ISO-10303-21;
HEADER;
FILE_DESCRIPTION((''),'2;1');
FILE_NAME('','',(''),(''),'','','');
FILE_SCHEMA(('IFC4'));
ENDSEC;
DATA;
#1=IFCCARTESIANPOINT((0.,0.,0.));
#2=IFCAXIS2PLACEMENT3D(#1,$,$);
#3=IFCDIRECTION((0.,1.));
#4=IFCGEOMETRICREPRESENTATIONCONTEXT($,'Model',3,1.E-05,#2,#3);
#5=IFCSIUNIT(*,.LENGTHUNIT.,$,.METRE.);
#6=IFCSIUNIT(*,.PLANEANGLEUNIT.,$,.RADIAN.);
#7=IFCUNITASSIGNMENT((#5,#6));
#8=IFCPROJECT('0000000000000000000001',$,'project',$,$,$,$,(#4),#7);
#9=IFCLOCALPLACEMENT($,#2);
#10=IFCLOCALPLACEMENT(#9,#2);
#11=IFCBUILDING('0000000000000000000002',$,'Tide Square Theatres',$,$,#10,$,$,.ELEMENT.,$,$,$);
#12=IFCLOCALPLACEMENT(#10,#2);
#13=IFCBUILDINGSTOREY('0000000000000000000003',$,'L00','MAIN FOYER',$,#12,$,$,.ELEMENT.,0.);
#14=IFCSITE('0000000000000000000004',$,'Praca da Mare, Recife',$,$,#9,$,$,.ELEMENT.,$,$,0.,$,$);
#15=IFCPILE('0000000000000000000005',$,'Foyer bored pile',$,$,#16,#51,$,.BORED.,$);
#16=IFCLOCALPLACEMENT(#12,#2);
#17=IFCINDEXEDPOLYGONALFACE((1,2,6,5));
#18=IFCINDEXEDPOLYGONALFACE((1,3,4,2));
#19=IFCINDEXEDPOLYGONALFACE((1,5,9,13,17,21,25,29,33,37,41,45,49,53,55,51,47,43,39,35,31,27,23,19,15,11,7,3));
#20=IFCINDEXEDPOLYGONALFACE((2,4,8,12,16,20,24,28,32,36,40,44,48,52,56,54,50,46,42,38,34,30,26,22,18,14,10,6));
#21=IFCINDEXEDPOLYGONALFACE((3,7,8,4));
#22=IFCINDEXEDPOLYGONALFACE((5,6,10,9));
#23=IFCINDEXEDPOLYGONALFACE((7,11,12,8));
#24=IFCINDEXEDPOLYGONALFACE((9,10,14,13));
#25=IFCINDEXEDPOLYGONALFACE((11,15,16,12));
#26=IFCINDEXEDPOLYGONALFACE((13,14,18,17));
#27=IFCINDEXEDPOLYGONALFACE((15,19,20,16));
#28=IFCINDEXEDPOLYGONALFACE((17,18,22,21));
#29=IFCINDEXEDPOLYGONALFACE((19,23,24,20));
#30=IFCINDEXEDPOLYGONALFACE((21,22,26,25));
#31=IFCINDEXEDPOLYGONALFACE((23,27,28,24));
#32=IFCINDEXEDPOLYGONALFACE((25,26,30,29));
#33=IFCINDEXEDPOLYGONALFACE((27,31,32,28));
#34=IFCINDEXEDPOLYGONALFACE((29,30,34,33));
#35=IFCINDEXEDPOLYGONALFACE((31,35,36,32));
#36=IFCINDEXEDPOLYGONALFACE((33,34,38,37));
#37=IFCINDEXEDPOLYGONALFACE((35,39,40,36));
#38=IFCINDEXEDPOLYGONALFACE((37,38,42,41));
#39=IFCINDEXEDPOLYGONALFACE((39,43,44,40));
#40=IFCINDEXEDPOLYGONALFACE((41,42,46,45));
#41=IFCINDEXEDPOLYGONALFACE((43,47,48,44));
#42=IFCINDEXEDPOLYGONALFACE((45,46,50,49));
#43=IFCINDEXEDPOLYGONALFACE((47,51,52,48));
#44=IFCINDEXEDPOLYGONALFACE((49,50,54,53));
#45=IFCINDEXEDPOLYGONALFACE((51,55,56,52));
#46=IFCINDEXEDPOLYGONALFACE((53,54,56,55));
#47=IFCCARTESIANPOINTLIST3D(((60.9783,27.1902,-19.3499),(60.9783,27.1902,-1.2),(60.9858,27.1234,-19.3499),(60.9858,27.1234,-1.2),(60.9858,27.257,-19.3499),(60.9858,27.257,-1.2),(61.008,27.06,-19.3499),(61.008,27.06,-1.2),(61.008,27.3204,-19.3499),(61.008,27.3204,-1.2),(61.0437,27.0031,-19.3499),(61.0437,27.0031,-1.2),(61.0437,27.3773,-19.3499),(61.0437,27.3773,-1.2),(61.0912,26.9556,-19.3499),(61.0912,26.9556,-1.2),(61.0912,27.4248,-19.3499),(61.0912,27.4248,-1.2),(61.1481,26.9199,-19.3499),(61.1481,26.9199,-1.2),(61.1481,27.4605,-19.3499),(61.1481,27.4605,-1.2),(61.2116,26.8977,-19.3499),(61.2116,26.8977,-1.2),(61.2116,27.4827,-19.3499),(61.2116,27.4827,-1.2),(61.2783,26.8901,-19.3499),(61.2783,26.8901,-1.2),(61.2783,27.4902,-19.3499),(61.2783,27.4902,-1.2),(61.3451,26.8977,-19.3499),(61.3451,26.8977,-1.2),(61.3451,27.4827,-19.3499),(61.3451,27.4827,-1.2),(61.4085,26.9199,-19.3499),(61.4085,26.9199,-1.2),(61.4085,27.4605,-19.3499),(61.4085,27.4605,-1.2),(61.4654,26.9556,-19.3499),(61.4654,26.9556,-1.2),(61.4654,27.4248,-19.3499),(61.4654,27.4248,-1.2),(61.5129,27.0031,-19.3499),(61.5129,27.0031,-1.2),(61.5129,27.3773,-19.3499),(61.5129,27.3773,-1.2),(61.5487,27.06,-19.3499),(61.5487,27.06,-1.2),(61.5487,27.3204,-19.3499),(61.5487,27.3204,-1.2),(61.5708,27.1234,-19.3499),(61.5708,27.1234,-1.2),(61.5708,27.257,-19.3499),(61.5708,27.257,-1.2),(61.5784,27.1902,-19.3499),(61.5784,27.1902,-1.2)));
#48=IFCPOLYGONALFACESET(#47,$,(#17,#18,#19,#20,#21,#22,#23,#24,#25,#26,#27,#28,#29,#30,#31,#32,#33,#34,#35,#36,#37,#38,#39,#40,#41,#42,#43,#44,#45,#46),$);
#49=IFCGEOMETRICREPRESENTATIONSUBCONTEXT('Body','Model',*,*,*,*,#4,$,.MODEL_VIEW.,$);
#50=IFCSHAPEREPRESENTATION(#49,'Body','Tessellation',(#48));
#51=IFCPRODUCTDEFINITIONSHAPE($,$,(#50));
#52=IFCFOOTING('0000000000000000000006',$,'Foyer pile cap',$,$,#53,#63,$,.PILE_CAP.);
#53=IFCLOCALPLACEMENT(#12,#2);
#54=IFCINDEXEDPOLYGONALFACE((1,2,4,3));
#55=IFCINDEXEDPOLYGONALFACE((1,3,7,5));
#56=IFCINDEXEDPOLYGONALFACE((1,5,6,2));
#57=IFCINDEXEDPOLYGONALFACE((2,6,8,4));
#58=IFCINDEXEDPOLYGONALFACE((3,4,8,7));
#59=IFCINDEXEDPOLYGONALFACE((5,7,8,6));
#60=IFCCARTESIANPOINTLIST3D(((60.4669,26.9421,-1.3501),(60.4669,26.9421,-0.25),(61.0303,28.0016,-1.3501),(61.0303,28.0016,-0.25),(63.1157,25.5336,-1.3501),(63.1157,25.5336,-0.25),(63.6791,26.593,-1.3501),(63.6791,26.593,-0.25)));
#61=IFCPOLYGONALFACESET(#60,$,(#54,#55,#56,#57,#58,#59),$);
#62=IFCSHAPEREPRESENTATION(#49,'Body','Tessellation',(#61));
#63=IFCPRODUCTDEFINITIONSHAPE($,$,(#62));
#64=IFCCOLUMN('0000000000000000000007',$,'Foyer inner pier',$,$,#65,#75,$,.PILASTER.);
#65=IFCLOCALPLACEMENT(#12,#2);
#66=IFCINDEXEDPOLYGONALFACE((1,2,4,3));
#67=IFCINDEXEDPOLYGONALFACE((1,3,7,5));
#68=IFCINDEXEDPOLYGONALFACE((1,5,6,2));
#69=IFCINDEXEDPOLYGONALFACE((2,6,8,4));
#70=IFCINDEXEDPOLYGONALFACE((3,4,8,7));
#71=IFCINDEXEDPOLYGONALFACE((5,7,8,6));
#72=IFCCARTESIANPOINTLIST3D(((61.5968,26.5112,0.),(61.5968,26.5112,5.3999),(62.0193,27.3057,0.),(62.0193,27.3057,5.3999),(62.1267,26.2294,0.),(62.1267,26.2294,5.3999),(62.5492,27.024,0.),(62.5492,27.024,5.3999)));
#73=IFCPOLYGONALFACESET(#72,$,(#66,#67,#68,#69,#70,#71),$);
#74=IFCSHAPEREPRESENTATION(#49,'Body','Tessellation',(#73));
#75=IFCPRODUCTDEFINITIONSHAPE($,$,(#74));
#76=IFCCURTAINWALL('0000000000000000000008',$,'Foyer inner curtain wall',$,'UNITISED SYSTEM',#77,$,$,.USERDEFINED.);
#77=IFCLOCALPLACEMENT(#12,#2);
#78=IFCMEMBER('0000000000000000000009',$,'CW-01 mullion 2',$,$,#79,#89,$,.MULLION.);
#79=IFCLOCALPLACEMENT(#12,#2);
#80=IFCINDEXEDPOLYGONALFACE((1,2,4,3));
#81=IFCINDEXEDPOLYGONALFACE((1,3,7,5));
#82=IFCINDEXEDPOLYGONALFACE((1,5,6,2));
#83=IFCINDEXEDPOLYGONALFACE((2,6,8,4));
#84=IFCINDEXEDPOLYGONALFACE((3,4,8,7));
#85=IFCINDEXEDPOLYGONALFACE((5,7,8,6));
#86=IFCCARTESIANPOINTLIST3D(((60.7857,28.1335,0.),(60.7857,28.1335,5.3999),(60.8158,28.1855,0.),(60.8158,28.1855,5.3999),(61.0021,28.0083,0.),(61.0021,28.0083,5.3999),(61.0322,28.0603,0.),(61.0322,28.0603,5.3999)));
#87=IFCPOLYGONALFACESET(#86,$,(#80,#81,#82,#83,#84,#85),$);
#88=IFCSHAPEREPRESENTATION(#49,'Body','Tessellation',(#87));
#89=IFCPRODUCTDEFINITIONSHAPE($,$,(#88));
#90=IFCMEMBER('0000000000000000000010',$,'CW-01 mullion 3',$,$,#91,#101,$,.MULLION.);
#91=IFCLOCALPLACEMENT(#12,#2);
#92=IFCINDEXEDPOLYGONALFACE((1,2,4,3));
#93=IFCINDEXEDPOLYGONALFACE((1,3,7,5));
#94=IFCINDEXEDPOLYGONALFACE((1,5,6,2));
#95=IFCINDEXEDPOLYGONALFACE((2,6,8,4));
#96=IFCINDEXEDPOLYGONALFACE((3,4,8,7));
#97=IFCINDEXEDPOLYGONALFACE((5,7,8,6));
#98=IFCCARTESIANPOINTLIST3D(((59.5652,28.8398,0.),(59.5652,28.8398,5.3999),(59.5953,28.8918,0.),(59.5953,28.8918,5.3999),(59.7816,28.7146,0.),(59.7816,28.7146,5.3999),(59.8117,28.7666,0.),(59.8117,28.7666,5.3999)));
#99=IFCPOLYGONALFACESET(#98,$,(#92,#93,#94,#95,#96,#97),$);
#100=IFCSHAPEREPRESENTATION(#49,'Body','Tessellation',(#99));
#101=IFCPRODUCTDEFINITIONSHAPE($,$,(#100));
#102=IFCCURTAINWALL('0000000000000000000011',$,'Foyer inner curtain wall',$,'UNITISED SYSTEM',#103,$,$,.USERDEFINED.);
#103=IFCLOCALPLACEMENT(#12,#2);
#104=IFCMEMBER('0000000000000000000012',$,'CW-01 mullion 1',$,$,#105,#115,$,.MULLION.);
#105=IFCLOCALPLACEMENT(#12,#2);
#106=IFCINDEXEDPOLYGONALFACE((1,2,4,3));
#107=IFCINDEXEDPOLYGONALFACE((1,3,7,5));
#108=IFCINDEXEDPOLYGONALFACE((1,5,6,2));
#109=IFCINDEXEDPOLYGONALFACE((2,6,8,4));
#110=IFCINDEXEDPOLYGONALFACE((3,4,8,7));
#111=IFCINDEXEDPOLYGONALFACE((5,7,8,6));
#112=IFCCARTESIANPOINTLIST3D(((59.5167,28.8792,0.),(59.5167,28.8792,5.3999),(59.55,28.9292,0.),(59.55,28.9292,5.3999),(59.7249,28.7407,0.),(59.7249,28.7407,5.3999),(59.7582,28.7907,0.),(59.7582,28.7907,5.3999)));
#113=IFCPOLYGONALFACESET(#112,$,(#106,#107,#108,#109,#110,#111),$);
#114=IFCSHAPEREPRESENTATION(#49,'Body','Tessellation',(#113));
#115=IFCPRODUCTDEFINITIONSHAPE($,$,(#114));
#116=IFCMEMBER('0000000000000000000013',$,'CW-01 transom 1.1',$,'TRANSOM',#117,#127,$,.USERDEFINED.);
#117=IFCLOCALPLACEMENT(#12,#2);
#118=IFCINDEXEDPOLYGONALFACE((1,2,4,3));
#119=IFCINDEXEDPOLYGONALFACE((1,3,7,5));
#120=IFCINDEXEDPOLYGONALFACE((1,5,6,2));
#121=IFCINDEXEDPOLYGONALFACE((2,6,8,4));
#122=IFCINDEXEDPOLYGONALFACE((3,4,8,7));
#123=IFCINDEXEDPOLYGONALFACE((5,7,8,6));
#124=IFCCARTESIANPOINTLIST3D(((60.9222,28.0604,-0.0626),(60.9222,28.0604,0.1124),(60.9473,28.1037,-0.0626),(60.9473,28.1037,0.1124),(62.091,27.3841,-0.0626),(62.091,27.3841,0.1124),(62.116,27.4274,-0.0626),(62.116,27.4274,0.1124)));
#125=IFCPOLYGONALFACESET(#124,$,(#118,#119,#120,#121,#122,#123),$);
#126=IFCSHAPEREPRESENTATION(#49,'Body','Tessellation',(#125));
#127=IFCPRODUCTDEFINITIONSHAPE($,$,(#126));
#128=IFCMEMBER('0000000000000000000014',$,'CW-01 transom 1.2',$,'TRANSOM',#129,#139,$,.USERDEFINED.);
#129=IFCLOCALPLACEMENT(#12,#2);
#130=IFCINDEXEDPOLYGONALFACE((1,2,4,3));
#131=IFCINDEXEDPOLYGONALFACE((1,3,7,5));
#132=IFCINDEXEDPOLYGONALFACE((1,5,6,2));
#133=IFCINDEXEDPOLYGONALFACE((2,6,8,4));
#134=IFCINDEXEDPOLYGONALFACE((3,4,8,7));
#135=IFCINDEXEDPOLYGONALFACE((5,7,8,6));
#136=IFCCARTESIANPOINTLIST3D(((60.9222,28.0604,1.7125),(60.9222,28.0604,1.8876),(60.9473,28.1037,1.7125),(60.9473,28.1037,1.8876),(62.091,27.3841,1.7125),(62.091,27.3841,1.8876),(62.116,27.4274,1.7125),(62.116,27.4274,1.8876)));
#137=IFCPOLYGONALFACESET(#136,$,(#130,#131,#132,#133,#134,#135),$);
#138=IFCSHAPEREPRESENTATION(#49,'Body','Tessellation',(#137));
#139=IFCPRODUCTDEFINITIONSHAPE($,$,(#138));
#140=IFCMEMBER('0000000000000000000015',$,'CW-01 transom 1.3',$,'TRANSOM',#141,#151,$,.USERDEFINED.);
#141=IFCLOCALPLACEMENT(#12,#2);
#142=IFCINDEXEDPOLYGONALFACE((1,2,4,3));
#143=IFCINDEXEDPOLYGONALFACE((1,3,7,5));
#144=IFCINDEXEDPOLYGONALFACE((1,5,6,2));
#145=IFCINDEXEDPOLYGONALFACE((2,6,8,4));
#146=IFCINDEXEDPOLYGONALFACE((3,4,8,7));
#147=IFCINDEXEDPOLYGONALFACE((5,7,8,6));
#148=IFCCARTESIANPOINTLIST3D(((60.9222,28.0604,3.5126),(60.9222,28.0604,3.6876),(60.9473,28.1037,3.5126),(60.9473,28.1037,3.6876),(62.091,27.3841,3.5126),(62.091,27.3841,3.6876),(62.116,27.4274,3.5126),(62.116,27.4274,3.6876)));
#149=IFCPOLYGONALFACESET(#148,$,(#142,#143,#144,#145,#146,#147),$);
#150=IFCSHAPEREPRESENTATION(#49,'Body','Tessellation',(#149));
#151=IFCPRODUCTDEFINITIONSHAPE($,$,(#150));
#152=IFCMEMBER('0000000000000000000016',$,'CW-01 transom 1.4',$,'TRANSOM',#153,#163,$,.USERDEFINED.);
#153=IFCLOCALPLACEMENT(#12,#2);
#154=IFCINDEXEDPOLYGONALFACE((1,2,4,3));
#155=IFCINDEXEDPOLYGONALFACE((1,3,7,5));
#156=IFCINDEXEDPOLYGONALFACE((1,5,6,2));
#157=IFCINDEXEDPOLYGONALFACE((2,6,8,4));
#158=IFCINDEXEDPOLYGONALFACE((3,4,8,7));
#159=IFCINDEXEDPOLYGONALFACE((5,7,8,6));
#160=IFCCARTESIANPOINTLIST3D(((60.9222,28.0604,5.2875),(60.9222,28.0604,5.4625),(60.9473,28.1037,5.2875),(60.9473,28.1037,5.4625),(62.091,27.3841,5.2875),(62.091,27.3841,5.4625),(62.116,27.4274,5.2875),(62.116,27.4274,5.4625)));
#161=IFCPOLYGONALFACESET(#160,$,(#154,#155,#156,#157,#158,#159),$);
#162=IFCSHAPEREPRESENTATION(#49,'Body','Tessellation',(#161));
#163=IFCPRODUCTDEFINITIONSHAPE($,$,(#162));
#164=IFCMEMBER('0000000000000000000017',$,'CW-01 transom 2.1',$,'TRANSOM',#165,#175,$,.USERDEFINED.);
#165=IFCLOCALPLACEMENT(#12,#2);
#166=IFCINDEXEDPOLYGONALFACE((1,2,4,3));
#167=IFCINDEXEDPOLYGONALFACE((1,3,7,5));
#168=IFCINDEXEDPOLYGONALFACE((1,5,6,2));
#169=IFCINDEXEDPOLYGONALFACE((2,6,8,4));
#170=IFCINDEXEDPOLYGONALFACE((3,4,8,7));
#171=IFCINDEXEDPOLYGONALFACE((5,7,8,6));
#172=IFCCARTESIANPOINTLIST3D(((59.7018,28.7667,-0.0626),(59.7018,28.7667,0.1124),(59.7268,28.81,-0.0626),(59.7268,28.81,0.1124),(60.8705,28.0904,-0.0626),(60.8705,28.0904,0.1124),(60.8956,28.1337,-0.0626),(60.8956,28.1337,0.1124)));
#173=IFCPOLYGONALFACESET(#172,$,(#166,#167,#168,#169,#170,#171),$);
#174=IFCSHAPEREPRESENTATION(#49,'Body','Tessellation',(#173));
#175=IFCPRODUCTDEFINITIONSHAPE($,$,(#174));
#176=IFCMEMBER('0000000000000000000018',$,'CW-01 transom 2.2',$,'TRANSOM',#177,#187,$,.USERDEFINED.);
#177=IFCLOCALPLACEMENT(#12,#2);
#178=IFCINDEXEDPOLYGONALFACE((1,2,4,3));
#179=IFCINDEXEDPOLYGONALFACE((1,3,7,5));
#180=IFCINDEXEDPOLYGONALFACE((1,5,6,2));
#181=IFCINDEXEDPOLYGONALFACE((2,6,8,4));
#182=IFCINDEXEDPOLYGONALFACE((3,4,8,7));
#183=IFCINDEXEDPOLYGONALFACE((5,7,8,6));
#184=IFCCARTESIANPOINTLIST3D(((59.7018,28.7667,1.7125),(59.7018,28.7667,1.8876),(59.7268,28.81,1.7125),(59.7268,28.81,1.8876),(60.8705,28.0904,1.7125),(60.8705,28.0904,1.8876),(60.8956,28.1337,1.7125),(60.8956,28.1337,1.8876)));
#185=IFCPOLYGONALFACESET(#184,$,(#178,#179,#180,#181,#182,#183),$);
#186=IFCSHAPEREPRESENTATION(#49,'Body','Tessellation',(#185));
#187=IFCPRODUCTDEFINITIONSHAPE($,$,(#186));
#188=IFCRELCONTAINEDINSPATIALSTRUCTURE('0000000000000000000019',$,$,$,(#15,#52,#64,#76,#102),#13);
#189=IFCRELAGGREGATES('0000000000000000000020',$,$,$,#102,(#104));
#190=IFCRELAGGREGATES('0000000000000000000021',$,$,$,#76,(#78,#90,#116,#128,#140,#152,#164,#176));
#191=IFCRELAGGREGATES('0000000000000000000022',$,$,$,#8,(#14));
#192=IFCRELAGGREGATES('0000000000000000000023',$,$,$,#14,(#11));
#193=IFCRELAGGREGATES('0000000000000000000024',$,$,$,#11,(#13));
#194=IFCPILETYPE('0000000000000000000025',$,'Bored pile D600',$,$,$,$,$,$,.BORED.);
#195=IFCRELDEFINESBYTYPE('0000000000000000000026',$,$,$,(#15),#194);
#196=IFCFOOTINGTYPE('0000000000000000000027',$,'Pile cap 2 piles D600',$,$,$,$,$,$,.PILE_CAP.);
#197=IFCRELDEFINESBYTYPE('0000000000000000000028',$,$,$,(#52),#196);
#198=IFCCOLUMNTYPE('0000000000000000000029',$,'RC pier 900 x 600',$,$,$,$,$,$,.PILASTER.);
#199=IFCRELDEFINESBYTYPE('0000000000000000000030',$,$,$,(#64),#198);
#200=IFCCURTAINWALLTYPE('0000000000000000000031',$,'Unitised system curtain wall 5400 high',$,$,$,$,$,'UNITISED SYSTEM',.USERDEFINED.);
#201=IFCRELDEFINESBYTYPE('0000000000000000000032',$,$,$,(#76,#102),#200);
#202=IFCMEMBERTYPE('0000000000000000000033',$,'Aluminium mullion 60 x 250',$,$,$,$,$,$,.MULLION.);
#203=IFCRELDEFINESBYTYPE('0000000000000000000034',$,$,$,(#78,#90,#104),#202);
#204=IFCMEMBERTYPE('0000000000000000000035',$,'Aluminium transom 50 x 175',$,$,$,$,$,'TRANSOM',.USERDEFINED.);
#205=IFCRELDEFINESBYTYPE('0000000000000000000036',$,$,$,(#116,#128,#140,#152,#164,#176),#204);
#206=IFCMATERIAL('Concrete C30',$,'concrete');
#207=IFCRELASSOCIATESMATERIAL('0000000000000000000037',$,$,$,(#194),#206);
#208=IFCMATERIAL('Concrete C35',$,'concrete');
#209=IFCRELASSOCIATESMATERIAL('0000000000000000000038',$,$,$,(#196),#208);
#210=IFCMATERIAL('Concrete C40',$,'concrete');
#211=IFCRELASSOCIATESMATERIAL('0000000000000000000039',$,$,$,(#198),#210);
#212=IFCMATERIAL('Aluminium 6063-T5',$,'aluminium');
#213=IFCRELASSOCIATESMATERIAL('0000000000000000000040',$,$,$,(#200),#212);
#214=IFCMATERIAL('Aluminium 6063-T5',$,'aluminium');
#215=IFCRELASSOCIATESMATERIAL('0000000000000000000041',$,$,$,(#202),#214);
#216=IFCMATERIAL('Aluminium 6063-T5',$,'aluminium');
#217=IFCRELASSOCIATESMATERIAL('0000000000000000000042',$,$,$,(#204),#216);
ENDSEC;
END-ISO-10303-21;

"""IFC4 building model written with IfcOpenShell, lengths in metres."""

from ifc_helpers import new_model, si_unit, direction, frame, origin, origin_2d, place, context, subcontext, project, spatial, rectangle, circle, extrude, material, material_profile, profile_set, type_object, element, aggregate, save


model = new_model("IFC4")

# Units and contexts
model_context = context("Model", 3, precision=1e-05, world=origin(), true_north=direction((0.0, 1.0)))
body_context = subcontext(model_context, "Body", "Model", "MODEL_VIEW")
ifc_project = project(units=[si_unit("LENGTHUNIT", "METRE"), si_unit("PLANEANGLEUNIT", "RADIAN")], contexts=[model_context])

# Site, building, storey
site_placement = place(None, origin())
site = spatial("IfcSite", under=ifc_project, at=site_placement, Name="Praca da Mare, Recife", CompositionType="ELEMENT", RefElevation=0.0)
building_placement = place(site_placement, origin())
building = spatial("IfcBuilding", under=site, at=building_placement, Name="Tide Square Theatres", CompositionType="ELEMENT")
storey_placement = place(building_placement, origin())
storey = spatial("IfcBuildingStorey", under=building, at=storey_placement, Name="L00", Description="MAIN FOYER", CompositionType="ELEMENT", Elevation=0.0)

# Pile
ifc_material_1 = material(Name="Concrete C30", Category="concrete")
ifc_material_profile_1 = material_profile(ifc_material_1, circle(Radius=0.3, at=origin_2d()))
ifc_profile_set_1 = profile_set([ifc_material_profile_1], Name="Concrete C30")
pile_type = type_object("IfcPileType", Name="Bored pile D600", PredefinedType="BORED", material=ifc_profile_set_1)
pile_placement = place(storey_placement, frame((61.2783, 27.1902, -1.2), z_axis=(0.0, 0.0, -1.0), x_axis=(1.0, 0.0, 0.0)))
element("IfcPile", 1, at=pile_placement, inside=storey, type_object=pile_type, Name="Foyer bored pile", PredefinedType="BORED", context=body_context, shape_type="SweptSolid", body=[
    extrude(circle(Radius=0.3, at=origin_2d()), origin(), (0.0, 0.0, 1.0), 18.1499),
])

# Footing
ifc_material_2 = material(Name="Concrete C35", Category="concrete")
footing_type = type_object("IfcFootingType", Name="Pile cap 2 piles D600", PredefinedType="PILE_CAP", material=ifc_material_2)
footing_placement = place(storey_placement, frame((62.073, 26.7676, -1.3501), z_axis=(0.0, 0.0, 1.0), x_axis=(0.882918, -0.469527, 0.0)))
element("IfcFooting", 2, at=footing_placement, inside=storey, type_object=footing_type, Name="Foyer pile cap", PredefinedType="PILE_CAP", context=body_context, shape_type="SweptSolid", body=[
    extrude(rectangle(XDim=3.0, YDim=1.2, at=origin_2d()), origin(), (0.0, 0.0, 1.0), 1.1001),
])

# Column
ifc_material_3 = material(Name="Concrete C40", Category="concrete")
ifc_material_profile_2 = material_profile(ifc_material_3, rectangle(XDim=0.8999, YDim=0.6001, at=origin_2d()))
ifc_profile_set_2 = profile_set([ifc_material_profile_2], Name="Concrete C40")
column_type = type_object("IfcColumnType", Name="RC pier 900 x 600", PredefinedType="PILASTER", material=ifc_profile_set_2)
column_placement = place(storey_placement, frame((62.073, 26.7676, 0.0), z_axis=(0.0, 0.0, 1.0), x_axis=(-0.469527, -0.882918, 0.0)))
element("IfcColumn", 3, at=column_placement, inside=storey, type_object=column_type, Name="Foyer inner pier", PredefinedType="PILASTER", context=body_context, shape_type="SweptSolid", body=[
    extrude(rectangle(XDim=0.8999, YDim=0.6001, at=origin_2d()), origin(), (0.0, 0.0, 1.0), 5.3999),
])

# Curtain wall, members
ifc_material_4 = material(Name="Aluminium 6063-T5", Category="aluminium")
curtain_wall_type = type_object("IfcCurtainWallType", Name="Unitised system curtain wall 5400 high", ElementType="UNITISED SYSTEM", PredefinedType="USERDEFINED", material=ifc_material_4)
curtain_wall_1_placement = place(storey_placement, origin())
curtain_wall_1 = element("IfcCurtainWall", 4, at=curtain_wall_1_placement, inside=storey, type_object=curtain_wall_type, Name="Foyer inner curtain wall", ObjectType="UNITISED SYSTEM", PredefinedType="USERDEFINED")
ifc_material_5 = material(Name="Aluminium 6063-T5", Category="aluminium")
ifc_material_profile_3 = material_profile(ifc_material_5, rectangle(XDim=0.0601, YDim=0.25, at=origin_2d()))
ifc_profile_set_3 = profile_set([ifc_material_profile_3], Name="Aluminium 6063-T5")
member_type_1 = type_object("IfcMemberType", Name="Aluminium mullion 60 x 250", PredefinedType="MULLION", material=ifc_profile_set_3)
member_1_placement = place(storey_placement, frame((60.9089, 28.0969, 0.0), z_axis=(0.0, 0.0, 1.0), x_axis=(-0.500865, -0.865525, 0.0)))
member_1 = element("IfcMember", 5, at=member_1_placement, type_object=member_type_1, Name="CW-01 mullion 2", PredefinedType="MULLION", context=body_context, shape_type="SweptSolid", body=[
    extrude(rectangle(XDim=0.0601, YDim=0.25, at=origin_2d()), origin(), (0.0, 0.0, 1.0), 5.3999),
])
member_2_placement = place(storey_placement, frame((59.6885, 28.8032, 0.0), z_axis=(0.0, 0.0, 1.0), x_axis=(-0.500865, -0.865525, 0.0)))
member_2 = element("IfcMember", 6, at=member_2_placement, type_object=member_type_1, Name="CW-01 mullion 3", PredefinedType="MULLION", context=body_context, shape_type="SweptSolid", body=[
    extrude(rectangle(XDim=0.0601, YDim=0.25, at=origin_2d()), origin(), (0.0, 0.0, 1.0), 5.3999),
])

# Curtain wall, member
curtain_wall_2_placement = place(storey_placement, origin())
curtain_wall_2 = element("IfcCurtainWall", 7, at=curtain_wall_2_placement, inside=storey, type_object=curtain_wall_type, Name="Foyer inner curtain wall", ObjectType="UNITISED SYSTEM", PredefinedType="USERDEFINED")
member_3_placement = place(storey_placement, frame((59.6375, 28.835, 0.0), z_axis=(0.0, 0.0, 1.0), x_axis=(-0.553915, -0.832573, 0.0)))
member_3 = element("IfcMember", 8, at=member_3_placement, type_object=member_type_1, Name="CW-01 mullion 1", PredefinedType="MULLION", context=body_context, shape_type="SweptSolid", body=[
    extrude(rectangle(XDim=0.0601, YDim=0.25, at=origin_2d()), origin(), (0.0, 0.0, 1.0), 5.3999),
])

# Members
ifc_material_6 = material(Name="Aluminium 6063-T5", Category="aluminium")
ifc_material_profile_4 = material_profile(ifc_material_6, rectangle(XDim=0.05, YDim=0.175, at=origin_2d()))
ifc_profile_set_4 = profile_set([ifc_material_profile_4], Name="Aluminium 6063-T5")
member_type_2 = type_object("IfcMemberType", Name="Aluminium transom 50 x 175", ElementType="TRANSOM", PredefinedType="USERDEFINED", material=ifc_profile_set_4)
member_4_placement = place(storey_placement, frame((62.1035, 27.4058, 0.0249), z_axis=(-0.865538, 0.500844, 0.0), x_axis=(-0.500844, -0.865538, 0.0)))
member_4 = element("IfcMember", 9, at=member_4_placement, type_object=member_type_2, Name="CW-01 transom 1.1", ObjectType="TRANSOM", PredefinedType="USERDEFINED", context=body_context, shape_type="SweptSolid", body=[
    extrude(rectangle(XDim=0.05, YDim=0.175, at=origin_2d()), origin(), (0.0, 0.0, 1.0), 1.3503),
])
member_5_placement = place(storey_placement, frame((62.1035, 27.4058, 1.8), z_axis=(-0.865538, 0.500844, 0.0), x_axis=(-0.500844, -0.865538, 0.0)))
member_5 = element("IfcMember", 10, at=member_5_placement, type_object=member_type_2, Name="CW-01 transom 1.2", ObjectType="TRANSOM", PredefinedType="USERDEFINED", context=body_context, shape_type="SweptSolid", body=[
    extrude(rectangle(XDim=0.05, YDim=0.175, at=origin_2d()), origin(), (0.0, 0.0, 1.0), 1.3503),
])
member_6_placement = place(storey_placement, frame((62.1035, 27.4058, 3.6001), z_axis=(-0.865538, 0.500844, 0.0), x_axis=(-0.500844, -0.865538, 0.0)))
member_6 = element("IfcMember", 11, at=member_6_placement, type_object=member_type_2, Name="CW-01 transom 1.3", ObjectType="TRANSOM", PredefinedType="USERDEFINED", context=body_context, shape_type="SweptSolid", body=[
    extrude(rectangle(XDim=0.05, YDim=0.175, at=origin_2d()), origin(), (0.0, 0.0, 1.0), 1.3503),
])
member_7_placement = place(storey_placement, frame((62.1035, 27.4058, 5.375), z_axis=(-0.865538, 0.500844, 0.0), x_axis=(-0.500844, -0.865538, 0.0)))
member_7 = element("IfcMember", 12, at=member_7_placement, type_object=member_type_2, Name="CW-01 transom 1.4", ObjectType="TRANSOM", PredefinedType="USERDEFINED", context=body_context, shape_type="SweptSolid", body=[
    extrude(rectangle(XDim=0.05, YDim=0.175, at=origin_2d()), origin(), (0.0, 0.0, 1.0), 1.3503),
])
member_8_placement = place(storey_placement, frame((60.8831, 28.1121, 0.0249), z_axis=(-0.865538, 0.500844, 0.0), x_axis=(-0.500844, -0.865538, 0.0)))
member_8 = element("IfcMember", 13, at=member_8_placement, type_object=member_type_2, Name="CW-01 transom 2.1", ObjectType="TRANSOM", PredefinedType="USERDEFINED", context=body_context, shape_type="SweptSolid", body=[
    extrude(rectangle(XDim=0.05, YDim=0.175, at=origin_2d()), origin(), (0.0, 0.0, 1.0), 1.3503),
])
member_9_placement = place(storey_placement, frame((60.8831, 28.1121, 1.8), z_axis=(-0.865538, 0.500844, 0.0), x_axis=(-0.500844, -0.865538, 0.0)))
member_9 = element("IfcMember", 14, at=member_9_placement, type_object=member_type_2, Name="CW-01 transom 2.2", ObjectType="TRANSOM", PredefinedType="USERDEFINED", context=body_context, shape_type="SweptSolid", body=[
    extrude(rectangle(XDim=0.05, YDim=0.175, at=origin_2d()), origin(), (0.0, 0.0, 1.0), 1.3503),
])
aggregate(curtain_wall_2, [member_3])

aggregate(curtain_wall_1, [member_1, member_2, member_4, member_5, member_6, member_7, member_8, member_9])

save(model, "model.ifc")
